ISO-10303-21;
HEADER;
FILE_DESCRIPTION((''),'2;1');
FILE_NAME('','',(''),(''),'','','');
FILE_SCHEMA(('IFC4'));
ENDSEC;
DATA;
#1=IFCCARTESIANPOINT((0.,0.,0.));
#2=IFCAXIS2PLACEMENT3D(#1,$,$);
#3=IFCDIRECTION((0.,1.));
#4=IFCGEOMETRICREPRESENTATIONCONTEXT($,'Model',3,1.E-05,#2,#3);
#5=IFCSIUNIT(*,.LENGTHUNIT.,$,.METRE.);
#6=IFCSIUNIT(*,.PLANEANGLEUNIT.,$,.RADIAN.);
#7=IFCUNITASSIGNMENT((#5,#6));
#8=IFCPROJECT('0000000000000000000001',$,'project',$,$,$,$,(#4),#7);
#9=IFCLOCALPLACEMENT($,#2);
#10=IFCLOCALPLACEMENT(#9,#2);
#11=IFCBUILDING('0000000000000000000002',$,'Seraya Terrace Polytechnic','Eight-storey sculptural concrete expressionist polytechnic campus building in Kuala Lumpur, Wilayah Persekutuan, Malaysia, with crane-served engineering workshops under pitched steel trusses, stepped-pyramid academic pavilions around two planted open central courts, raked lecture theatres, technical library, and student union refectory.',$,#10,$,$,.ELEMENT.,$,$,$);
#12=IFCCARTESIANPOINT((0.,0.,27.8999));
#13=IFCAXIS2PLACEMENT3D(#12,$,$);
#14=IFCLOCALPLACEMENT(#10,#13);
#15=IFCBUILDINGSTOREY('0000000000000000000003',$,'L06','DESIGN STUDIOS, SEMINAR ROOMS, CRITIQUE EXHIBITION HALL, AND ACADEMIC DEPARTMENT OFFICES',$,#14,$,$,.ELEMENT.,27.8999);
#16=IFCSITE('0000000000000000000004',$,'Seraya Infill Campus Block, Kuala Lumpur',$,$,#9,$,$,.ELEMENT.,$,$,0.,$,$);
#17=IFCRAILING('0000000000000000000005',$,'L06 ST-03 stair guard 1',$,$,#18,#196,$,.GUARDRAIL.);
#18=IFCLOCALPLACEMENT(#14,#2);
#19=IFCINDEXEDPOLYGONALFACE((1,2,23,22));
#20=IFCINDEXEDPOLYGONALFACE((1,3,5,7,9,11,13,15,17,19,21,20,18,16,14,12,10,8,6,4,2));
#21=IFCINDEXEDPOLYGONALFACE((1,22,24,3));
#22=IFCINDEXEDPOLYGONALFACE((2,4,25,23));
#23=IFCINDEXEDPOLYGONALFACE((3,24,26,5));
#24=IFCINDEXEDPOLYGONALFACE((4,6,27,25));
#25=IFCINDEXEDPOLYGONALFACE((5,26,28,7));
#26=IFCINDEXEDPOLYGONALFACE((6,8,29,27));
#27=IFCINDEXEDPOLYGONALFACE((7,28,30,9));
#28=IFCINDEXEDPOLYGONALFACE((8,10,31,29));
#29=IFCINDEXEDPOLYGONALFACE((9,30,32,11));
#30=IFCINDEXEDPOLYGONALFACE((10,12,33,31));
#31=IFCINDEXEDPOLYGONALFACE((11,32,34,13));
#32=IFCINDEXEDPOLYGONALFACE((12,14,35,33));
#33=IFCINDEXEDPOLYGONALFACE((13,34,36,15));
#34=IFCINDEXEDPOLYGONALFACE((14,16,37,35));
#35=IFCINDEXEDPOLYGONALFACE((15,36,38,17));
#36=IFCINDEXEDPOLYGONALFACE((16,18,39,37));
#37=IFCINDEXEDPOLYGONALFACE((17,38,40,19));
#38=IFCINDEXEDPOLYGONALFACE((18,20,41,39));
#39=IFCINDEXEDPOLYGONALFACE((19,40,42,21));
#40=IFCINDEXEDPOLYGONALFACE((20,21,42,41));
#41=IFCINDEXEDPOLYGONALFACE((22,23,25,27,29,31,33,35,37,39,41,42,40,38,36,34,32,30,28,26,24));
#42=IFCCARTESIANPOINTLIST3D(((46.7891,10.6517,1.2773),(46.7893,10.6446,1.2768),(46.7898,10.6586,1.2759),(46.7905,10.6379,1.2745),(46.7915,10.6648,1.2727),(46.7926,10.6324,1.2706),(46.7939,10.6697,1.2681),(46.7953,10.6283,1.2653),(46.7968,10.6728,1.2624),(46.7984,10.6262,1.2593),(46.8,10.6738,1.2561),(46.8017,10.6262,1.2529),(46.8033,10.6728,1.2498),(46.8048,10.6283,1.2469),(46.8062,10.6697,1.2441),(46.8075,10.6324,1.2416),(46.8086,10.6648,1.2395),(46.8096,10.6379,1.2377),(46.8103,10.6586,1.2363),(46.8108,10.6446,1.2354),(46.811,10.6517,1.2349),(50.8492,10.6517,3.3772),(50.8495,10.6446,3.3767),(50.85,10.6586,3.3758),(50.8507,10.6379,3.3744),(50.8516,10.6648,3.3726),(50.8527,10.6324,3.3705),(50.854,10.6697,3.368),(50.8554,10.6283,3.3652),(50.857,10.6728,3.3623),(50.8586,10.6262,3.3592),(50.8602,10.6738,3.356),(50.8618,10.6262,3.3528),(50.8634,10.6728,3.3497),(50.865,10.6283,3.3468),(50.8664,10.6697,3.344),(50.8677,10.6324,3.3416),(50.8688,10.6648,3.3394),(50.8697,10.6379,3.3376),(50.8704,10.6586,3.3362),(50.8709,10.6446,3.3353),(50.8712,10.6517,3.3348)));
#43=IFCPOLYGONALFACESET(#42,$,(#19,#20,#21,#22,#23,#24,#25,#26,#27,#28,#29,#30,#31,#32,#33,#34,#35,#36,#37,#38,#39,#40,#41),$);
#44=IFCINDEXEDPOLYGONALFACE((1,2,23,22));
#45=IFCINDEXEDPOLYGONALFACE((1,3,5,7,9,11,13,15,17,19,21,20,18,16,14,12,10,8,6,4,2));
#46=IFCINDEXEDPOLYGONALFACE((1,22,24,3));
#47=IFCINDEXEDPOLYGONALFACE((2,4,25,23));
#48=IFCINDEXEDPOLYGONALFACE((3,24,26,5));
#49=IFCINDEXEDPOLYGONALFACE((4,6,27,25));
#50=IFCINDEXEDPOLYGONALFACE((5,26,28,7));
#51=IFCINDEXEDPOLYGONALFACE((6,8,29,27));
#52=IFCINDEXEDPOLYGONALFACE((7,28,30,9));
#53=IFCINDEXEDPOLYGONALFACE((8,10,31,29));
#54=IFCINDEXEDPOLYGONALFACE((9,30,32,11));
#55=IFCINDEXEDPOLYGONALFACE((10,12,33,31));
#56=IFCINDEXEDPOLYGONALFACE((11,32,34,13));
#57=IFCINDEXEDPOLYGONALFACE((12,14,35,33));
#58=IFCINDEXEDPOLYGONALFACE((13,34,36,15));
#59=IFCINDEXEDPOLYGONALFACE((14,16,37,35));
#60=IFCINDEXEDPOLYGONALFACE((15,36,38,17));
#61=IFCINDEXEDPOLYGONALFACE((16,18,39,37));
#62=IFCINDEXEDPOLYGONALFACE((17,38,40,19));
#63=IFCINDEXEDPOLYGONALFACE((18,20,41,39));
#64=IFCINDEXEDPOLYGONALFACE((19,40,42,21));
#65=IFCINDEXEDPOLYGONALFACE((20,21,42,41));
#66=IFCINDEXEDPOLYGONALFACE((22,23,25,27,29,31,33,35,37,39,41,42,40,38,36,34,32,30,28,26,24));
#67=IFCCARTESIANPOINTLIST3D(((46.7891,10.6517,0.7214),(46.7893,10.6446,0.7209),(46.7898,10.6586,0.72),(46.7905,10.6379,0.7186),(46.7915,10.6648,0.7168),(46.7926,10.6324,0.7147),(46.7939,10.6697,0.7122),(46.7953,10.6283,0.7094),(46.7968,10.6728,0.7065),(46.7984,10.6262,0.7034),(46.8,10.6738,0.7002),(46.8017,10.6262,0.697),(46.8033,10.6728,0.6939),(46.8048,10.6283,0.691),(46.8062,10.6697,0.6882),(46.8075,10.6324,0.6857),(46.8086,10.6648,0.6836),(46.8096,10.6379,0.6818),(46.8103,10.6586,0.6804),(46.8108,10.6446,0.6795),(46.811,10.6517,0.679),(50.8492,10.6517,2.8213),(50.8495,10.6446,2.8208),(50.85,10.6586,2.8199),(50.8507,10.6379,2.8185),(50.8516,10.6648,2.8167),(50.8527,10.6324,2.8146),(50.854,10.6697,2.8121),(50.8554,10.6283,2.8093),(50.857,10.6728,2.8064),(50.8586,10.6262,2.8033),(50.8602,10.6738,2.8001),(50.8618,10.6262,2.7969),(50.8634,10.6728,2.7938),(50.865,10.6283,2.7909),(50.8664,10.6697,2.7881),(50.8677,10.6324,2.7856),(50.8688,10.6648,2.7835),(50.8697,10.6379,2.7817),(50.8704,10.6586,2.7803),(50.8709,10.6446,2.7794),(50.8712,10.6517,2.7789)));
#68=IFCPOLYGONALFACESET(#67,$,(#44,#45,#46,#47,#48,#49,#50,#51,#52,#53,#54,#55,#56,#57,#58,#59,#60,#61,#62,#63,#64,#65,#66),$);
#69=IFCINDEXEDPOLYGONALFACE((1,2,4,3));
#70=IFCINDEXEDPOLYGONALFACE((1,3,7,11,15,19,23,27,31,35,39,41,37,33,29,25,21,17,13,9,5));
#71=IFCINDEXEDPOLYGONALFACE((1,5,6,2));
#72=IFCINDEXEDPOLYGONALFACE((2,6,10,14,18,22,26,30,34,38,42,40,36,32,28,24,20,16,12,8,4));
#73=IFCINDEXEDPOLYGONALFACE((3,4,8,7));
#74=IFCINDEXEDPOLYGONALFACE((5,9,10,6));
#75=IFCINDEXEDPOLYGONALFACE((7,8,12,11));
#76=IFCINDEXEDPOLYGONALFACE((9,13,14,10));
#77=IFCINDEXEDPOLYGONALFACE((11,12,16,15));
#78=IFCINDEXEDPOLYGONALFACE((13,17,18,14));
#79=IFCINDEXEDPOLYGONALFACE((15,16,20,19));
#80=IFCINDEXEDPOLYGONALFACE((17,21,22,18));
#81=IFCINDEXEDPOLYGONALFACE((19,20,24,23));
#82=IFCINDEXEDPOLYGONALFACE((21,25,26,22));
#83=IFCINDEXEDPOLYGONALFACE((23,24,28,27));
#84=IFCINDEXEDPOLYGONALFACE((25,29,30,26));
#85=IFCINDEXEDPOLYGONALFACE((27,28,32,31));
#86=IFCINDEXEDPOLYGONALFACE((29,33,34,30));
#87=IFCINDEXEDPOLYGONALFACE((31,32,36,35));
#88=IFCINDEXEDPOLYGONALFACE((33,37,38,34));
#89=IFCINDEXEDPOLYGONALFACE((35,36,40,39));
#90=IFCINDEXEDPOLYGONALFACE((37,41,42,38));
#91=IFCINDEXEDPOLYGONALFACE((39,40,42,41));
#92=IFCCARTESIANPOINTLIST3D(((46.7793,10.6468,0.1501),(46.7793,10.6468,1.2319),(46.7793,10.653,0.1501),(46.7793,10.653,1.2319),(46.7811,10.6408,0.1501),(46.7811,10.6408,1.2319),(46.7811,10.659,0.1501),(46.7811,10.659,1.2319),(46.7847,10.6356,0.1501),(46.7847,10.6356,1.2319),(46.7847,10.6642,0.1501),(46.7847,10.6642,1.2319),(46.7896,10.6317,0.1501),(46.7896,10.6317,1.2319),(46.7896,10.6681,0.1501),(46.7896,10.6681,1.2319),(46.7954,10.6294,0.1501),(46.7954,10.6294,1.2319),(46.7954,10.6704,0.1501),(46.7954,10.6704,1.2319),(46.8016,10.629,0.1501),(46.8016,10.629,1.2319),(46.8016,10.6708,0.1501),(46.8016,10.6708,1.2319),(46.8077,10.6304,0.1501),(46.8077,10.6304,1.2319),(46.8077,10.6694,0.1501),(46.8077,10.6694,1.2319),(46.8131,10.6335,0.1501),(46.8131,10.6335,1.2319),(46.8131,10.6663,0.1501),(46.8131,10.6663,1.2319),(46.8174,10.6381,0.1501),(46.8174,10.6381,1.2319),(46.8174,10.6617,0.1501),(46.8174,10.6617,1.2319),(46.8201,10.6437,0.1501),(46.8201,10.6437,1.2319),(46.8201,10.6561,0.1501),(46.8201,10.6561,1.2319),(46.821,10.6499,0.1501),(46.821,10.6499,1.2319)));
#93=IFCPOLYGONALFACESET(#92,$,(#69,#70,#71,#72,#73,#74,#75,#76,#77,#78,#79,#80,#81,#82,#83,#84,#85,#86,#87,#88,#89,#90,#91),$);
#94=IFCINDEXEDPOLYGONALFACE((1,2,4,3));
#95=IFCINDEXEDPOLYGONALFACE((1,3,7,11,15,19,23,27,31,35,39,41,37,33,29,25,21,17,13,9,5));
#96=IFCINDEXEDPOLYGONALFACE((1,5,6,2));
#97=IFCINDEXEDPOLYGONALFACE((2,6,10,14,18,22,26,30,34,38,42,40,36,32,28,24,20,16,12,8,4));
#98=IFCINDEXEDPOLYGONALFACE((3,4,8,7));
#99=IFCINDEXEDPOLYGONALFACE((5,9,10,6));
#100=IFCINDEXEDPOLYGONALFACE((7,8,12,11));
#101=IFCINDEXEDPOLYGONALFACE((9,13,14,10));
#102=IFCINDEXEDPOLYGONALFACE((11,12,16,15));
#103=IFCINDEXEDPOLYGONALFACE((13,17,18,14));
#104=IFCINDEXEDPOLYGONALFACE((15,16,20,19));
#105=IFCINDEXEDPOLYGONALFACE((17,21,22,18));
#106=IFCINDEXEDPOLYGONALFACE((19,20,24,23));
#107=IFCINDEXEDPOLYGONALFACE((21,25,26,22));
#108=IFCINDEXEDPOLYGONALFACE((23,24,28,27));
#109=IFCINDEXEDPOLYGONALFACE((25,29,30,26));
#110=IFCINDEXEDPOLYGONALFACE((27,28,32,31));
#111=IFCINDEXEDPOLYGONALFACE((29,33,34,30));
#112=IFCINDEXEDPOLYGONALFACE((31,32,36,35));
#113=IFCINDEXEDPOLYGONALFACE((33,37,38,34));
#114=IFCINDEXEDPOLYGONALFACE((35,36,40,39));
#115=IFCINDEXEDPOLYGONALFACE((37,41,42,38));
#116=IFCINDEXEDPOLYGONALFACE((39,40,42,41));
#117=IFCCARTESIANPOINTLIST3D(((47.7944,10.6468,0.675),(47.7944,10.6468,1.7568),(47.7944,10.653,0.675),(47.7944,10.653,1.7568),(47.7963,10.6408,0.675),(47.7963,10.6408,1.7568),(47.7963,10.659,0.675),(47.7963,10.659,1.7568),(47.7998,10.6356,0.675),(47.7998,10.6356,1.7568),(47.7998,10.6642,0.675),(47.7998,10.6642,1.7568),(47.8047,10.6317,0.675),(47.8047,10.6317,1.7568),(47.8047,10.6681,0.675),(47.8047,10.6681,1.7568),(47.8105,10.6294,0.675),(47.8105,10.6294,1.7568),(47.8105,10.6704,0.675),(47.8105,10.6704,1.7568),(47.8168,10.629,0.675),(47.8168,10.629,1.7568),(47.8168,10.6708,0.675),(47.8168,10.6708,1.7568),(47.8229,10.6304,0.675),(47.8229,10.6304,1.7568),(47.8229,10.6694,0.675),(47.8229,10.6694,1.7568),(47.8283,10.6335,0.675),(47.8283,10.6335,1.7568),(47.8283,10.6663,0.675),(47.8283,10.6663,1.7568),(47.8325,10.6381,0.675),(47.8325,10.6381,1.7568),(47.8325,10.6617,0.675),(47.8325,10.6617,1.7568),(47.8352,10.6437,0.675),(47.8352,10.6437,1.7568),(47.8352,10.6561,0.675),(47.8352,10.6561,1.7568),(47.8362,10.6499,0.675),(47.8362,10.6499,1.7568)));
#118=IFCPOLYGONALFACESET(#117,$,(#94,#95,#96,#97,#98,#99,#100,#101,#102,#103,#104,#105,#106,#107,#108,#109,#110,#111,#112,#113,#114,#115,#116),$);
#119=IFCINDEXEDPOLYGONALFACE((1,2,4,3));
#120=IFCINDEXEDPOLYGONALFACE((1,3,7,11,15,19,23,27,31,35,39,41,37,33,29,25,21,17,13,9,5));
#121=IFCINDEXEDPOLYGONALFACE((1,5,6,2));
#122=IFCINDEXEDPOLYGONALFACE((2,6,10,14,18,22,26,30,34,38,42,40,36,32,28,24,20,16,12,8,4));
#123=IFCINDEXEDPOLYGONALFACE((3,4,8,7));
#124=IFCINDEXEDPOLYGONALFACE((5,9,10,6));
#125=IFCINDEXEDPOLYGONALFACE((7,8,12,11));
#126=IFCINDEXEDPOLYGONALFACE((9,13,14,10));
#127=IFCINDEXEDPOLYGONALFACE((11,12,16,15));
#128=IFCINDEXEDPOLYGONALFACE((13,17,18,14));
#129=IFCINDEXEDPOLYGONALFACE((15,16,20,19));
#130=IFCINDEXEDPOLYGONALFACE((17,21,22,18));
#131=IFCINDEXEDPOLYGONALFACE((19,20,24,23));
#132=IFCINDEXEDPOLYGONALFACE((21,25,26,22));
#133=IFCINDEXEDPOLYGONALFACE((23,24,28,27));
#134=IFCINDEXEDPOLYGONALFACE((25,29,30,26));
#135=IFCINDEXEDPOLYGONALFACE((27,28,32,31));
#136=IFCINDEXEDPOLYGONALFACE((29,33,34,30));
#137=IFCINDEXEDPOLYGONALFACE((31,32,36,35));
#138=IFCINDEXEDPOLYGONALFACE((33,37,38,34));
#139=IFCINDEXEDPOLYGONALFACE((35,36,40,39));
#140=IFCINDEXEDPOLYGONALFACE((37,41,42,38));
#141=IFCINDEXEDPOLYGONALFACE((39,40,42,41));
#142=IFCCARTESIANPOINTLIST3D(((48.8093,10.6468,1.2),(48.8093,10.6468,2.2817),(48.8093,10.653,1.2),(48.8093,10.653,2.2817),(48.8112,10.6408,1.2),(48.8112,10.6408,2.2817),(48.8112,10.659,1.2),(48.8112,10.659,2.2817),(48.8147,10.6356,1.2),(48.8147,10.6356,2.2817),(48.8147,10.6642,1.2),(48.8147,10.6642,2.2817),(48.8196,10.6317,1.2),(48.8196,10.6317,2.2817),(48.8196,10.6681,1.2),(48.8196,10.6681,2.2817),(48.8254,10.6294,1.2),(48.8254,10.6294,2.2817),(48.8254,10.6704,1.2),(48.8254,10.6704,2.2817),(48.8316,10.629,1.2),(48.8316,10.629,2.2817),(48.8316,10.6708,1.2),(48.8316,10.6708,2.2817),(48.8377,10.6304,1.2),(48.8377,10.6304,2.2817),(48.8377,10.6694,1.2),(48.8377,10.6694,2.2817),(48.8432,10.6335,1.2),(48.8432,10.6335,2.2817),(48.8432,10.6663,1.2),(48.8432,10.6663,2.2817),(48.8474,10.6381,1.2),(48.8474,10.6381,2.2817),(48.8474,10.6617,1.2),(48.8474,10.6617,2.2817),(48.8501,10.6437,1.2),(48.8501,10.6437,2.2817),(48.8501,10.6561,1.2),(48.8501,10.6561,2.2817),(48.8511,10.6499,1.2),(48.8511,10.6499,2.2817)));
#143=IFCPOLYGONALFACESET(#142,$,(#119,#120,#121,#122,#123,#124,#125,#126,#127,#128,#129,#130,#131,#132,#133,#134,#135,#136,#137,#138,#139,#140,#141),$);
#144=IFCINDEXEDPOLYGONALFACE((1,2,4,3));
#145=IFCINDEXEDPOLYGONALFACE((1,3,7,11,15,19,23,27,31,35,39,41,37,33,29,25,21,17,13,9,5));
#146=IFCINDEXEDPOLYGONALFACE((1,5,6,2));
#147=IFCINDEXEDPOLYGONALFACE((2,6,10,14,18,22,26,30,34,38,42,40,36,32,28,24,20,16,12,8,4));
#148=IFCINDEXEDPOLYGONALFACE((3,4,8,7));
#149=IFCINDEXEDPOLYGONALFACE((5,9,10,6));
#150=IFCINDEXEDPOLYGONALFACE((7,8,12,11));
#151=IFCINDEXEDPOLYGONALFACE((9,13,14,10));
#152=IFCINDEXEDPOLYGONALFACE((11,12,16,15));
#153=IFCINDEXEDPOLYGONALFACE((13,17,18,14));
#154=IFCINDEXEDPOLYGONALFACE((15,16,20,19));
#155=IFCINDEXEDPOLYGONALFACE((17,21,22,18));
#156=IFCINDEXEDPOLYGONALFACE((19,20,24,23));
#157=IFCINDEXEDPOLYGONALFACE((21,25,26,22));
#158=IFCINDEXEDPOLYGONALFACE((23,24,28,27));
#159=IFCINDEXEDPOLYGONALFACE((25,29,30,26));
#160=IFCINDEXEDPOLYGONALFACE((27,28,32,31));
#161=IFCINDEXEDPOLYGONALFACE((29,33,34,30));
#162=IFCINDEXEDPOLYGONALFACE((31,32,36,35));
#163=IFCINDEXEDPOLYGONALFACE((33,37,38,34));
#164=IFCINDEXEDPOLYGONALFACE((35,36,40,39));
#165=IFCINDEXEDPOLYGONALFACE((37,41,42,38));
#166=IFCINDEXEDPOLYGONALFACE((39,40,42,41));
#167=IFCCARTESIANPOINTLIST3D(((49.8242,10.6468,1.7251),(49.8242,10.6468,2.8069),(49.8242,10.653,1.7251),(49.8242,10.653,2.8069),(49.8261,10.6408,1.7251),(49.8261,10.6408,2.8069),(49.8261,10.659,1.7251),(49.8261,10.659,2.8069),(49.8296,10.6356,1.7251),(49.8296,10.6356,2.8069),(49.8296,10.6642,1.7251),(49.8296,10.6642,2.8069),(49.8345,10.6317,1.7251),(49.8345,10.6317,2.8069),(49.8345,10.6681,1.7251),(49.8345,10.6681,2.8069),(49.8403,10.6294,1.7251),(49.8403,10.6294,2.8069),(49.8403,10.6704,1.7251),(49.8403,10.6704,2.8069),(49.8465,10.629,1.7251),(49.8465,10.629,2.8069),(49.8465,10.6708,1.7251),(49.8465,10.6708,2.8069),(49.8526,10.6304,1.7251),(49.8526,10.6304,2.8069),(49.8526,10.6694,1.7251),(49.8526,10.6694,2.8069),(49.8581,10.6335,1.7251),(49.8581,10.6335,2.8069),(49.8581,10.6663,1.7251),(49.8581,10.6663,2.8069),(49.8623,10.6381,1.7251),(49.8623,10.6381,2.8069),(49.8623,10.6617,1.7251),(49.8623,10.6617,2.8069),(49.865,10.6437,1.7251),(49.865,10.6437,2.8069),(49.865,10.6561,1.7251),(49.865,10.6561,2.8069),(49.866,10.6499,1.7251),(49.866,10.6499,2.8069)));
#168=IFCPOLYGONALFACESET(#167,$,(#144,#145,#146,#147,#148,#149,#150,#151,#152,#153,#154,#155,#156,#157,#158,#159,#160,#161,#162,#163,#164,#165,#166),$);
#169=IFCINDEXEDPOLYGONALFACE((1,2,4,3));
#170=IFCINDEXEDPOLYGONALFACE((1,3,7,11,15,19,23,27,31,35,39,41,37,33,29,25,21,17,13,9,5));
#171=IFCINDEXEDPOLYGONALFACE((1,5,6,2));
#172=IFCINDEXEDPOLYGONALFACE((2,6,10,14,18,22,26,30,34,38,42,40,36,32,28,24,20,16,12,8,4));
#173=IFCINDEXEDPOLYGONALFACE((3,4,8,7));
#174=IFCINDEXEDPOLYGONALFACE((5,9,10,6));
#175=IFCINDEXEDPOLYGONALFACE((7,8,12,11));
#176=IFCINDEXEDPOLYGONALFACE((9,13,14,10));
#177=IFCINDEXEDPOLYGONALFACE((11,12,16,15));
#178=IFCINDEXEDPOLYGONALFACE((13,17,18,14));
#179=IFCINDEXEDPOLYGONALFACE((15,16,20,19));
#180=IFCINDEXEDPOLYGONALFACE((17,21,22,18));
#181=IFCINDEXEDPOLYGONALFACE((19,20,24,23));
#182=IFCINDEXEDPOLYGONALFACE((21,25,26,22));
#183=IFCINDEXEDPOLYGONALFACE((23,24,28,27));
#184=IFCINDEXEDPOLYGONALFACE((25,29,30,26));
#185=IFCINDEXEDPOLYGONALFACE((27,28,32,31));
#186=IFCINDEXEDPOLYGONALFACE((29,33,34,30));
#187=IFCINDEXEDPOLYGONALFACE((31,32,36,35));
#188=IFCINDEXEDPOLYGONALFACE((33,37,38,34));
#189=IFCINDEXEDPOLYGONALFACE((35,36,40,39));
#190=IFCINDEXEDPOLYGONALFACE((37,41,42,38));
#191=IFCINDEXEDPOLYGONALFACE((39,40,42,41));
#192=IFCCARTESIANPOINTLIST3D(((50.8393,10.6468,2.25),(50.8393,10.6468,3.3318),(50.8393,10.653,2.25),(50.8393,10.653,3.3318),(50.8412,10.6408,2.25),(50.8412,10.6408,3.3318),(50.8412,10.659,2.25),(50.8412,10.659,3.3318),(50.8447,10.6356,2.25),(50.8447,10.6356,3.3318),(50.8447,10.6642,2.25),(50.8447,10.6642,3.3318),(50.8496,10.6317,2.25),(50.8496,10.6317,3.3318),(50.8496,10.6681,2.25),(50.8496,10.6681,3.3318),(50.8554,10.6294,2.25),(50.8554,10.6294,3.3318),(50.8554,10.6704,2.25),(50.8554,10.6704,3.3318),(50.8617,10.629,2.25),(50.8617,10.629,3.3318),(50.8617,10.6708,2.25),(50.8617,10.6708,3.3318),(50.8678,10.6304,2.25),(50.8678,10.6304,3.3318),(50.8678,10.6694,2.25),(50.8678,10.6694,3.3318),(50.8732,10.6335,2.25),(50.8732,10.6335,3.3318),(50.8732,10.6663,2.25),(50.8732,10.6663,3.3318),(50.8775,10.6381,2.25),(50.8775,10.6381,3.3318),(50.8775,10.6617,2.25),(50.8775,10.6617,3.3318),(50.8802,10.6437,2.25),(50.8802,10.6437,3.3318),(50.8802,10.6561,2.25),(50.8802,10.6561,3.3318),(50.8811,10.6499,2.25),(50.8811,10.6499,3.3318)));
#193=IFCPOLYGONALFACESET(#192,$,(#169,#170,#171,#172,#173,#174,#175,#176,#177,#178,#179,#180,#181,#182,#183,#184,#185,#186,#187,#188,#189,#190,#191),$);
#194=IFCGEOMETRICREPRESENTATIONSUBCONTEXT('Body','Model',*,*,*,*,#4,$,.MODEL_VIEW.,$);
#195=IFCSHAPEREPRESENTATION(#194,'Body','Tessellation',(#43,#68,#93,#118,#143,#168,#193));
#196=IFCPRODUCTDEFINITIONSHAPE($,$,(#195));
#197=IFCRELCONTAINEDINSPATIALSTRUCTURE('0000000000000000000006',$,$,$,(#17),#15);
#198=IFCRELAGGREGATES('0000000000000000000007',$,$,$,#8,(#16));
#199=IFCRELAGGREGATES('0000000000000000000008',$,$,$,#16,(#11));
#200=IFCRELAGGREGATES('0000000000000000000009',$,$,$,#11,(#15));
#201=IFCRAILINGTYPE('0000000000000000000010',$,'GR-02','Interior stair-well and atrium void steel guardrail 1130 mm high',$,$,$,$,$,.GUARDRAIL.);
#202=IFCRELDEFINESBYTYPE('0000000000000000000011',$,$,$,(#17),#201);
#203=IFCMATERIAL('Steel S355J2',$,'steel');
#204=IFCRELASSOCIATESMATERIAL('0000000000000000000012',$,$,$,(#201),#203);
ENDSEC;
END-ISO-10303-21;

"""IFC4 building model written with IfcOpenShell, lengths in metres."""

from ifc_helpers import new_model, si_unit, direction, frame, origin, origin_2d, place, context, subcontext, project, spatial, circle, extrude, material, type_object, element, save


model = new_model("IFC4")

# Units and contexts
model_context = context("Model", 3, precision=1e-05, world=origin(), true_north=direction((0.0, 1.0)))
body_context = subcontext(model_context, "Body", "Model", "MODEL_VIEW")
ifc_project = project(units=[si_unit("LENGTHUNIT", "METRE"), si_unit("PLANEANGLEUNIT", "RADIAN")], contexts=[model_context])

# Site, building, storey
site_placement = place(None, origin())
site = spatial("IfcSite", under=ifc_project, at=site_placement, Name="Seraya Infill Campus Block, Kuala Lumpur", CompositionType="ELEMENT", RefElevation=0.0)
building_placement = place(site_placement, origin())
building = spatial("IfcBuilding", under=site, at=building_placement, Name="Seraya Terrace Polytechnic", Description="Eight-storey sculptural concrete expressionist polytechnic campus building in Kuala Lumpur, Wilayah Persekutuan, Malaysia, with crane-served engineering workshops under pitched steel trusses, stepped-pyramid academic pavilions around two planted open central courts, raked lecture theatres, technical library, and student union refectory.", CompositionType="ELEMENT")
storey_placement = place(building_placement, frame((0.0, 0.0, 27.8999)))
storey = spatial("IfcBuildingStorey", under=building, at=storey_placement, Name="L06", Description="DESIGN STUDIOS, SEMINAR ROOMS, CRITIQUE EXHIBITION HALL, AND ACADEMIC DEPARTMENT OFFICES", CompositionType="ELEMENT", Elevation=27.8999)

# Shared definitions
ifc_material_1 = material(Name="Steel S355J2", Category="steel")

# Railing
railing_type_1 = type_object("IfcRailingType", Name="GR-02", Description="Interior stair-well and atrium void steel guardrail 1130 mm high", PredefinedType="GUARDRAIL", material=ifc_material_1)
railing_1_placement = place(storey_placement, frame((46.8, 10.6499, 0.1501)))
element("IfcRailing", 1, at=railing_1_placement, inside=storey, type_object=railing_type_1, Name="L06 ST-03 stair guard 1", PredefinedType="GUARDRAIL", context=body_context, shape_type="SweptSolid", body=[
    extrude(circle(Radius=0.0239, at=origin_2d()), frame((0.0, 0.0, 1.106), z_axis=(0.888233, 0.0, 0.459392), x_axis=(0.0, 1.0, 0.0)), (0.0, 0.0, 1.0), 4.571),
    extrude(circle(Radius=0.0239, at=origin_2d()), frame((0.0, 0.0, 0.55), z_axis=(0.888233, 0.0, 0.459392), x_axis=(0.0, 1.0, 0.0)), (0.0, 0.0, 1.0), 4.571),
    extrude(circle(Radius=0.021, at=origin_2d()), origin(), (0.0, 0.0, 1.0), 1.0818),
    extrude(circle(Radius=0.021, at=origin_2d()), frame((1.0151, 0.0, 0.5249)), (0.0, 0.0, 1.0), 1.0818),
    extrude(circle(Radius=0.021, at=origin_2d()), frame((2.03, 0.0, 1.0498)), (0.0, 0.0, 1.0), 1.0818),
    extrude(circle(Radius=0.021, at=origin_2d()), frame((3.0449, 0.0, 1.575)), (0.0, 0.0, 1.0), 1.0818),
    extrude(circle(Radius=0.021, at=origin_2d()), frame((4.0601, 0.0, 2.0999)), (0.0, 0.0, 1.0), 1.0818),
])

save(model, "model.ifc")
